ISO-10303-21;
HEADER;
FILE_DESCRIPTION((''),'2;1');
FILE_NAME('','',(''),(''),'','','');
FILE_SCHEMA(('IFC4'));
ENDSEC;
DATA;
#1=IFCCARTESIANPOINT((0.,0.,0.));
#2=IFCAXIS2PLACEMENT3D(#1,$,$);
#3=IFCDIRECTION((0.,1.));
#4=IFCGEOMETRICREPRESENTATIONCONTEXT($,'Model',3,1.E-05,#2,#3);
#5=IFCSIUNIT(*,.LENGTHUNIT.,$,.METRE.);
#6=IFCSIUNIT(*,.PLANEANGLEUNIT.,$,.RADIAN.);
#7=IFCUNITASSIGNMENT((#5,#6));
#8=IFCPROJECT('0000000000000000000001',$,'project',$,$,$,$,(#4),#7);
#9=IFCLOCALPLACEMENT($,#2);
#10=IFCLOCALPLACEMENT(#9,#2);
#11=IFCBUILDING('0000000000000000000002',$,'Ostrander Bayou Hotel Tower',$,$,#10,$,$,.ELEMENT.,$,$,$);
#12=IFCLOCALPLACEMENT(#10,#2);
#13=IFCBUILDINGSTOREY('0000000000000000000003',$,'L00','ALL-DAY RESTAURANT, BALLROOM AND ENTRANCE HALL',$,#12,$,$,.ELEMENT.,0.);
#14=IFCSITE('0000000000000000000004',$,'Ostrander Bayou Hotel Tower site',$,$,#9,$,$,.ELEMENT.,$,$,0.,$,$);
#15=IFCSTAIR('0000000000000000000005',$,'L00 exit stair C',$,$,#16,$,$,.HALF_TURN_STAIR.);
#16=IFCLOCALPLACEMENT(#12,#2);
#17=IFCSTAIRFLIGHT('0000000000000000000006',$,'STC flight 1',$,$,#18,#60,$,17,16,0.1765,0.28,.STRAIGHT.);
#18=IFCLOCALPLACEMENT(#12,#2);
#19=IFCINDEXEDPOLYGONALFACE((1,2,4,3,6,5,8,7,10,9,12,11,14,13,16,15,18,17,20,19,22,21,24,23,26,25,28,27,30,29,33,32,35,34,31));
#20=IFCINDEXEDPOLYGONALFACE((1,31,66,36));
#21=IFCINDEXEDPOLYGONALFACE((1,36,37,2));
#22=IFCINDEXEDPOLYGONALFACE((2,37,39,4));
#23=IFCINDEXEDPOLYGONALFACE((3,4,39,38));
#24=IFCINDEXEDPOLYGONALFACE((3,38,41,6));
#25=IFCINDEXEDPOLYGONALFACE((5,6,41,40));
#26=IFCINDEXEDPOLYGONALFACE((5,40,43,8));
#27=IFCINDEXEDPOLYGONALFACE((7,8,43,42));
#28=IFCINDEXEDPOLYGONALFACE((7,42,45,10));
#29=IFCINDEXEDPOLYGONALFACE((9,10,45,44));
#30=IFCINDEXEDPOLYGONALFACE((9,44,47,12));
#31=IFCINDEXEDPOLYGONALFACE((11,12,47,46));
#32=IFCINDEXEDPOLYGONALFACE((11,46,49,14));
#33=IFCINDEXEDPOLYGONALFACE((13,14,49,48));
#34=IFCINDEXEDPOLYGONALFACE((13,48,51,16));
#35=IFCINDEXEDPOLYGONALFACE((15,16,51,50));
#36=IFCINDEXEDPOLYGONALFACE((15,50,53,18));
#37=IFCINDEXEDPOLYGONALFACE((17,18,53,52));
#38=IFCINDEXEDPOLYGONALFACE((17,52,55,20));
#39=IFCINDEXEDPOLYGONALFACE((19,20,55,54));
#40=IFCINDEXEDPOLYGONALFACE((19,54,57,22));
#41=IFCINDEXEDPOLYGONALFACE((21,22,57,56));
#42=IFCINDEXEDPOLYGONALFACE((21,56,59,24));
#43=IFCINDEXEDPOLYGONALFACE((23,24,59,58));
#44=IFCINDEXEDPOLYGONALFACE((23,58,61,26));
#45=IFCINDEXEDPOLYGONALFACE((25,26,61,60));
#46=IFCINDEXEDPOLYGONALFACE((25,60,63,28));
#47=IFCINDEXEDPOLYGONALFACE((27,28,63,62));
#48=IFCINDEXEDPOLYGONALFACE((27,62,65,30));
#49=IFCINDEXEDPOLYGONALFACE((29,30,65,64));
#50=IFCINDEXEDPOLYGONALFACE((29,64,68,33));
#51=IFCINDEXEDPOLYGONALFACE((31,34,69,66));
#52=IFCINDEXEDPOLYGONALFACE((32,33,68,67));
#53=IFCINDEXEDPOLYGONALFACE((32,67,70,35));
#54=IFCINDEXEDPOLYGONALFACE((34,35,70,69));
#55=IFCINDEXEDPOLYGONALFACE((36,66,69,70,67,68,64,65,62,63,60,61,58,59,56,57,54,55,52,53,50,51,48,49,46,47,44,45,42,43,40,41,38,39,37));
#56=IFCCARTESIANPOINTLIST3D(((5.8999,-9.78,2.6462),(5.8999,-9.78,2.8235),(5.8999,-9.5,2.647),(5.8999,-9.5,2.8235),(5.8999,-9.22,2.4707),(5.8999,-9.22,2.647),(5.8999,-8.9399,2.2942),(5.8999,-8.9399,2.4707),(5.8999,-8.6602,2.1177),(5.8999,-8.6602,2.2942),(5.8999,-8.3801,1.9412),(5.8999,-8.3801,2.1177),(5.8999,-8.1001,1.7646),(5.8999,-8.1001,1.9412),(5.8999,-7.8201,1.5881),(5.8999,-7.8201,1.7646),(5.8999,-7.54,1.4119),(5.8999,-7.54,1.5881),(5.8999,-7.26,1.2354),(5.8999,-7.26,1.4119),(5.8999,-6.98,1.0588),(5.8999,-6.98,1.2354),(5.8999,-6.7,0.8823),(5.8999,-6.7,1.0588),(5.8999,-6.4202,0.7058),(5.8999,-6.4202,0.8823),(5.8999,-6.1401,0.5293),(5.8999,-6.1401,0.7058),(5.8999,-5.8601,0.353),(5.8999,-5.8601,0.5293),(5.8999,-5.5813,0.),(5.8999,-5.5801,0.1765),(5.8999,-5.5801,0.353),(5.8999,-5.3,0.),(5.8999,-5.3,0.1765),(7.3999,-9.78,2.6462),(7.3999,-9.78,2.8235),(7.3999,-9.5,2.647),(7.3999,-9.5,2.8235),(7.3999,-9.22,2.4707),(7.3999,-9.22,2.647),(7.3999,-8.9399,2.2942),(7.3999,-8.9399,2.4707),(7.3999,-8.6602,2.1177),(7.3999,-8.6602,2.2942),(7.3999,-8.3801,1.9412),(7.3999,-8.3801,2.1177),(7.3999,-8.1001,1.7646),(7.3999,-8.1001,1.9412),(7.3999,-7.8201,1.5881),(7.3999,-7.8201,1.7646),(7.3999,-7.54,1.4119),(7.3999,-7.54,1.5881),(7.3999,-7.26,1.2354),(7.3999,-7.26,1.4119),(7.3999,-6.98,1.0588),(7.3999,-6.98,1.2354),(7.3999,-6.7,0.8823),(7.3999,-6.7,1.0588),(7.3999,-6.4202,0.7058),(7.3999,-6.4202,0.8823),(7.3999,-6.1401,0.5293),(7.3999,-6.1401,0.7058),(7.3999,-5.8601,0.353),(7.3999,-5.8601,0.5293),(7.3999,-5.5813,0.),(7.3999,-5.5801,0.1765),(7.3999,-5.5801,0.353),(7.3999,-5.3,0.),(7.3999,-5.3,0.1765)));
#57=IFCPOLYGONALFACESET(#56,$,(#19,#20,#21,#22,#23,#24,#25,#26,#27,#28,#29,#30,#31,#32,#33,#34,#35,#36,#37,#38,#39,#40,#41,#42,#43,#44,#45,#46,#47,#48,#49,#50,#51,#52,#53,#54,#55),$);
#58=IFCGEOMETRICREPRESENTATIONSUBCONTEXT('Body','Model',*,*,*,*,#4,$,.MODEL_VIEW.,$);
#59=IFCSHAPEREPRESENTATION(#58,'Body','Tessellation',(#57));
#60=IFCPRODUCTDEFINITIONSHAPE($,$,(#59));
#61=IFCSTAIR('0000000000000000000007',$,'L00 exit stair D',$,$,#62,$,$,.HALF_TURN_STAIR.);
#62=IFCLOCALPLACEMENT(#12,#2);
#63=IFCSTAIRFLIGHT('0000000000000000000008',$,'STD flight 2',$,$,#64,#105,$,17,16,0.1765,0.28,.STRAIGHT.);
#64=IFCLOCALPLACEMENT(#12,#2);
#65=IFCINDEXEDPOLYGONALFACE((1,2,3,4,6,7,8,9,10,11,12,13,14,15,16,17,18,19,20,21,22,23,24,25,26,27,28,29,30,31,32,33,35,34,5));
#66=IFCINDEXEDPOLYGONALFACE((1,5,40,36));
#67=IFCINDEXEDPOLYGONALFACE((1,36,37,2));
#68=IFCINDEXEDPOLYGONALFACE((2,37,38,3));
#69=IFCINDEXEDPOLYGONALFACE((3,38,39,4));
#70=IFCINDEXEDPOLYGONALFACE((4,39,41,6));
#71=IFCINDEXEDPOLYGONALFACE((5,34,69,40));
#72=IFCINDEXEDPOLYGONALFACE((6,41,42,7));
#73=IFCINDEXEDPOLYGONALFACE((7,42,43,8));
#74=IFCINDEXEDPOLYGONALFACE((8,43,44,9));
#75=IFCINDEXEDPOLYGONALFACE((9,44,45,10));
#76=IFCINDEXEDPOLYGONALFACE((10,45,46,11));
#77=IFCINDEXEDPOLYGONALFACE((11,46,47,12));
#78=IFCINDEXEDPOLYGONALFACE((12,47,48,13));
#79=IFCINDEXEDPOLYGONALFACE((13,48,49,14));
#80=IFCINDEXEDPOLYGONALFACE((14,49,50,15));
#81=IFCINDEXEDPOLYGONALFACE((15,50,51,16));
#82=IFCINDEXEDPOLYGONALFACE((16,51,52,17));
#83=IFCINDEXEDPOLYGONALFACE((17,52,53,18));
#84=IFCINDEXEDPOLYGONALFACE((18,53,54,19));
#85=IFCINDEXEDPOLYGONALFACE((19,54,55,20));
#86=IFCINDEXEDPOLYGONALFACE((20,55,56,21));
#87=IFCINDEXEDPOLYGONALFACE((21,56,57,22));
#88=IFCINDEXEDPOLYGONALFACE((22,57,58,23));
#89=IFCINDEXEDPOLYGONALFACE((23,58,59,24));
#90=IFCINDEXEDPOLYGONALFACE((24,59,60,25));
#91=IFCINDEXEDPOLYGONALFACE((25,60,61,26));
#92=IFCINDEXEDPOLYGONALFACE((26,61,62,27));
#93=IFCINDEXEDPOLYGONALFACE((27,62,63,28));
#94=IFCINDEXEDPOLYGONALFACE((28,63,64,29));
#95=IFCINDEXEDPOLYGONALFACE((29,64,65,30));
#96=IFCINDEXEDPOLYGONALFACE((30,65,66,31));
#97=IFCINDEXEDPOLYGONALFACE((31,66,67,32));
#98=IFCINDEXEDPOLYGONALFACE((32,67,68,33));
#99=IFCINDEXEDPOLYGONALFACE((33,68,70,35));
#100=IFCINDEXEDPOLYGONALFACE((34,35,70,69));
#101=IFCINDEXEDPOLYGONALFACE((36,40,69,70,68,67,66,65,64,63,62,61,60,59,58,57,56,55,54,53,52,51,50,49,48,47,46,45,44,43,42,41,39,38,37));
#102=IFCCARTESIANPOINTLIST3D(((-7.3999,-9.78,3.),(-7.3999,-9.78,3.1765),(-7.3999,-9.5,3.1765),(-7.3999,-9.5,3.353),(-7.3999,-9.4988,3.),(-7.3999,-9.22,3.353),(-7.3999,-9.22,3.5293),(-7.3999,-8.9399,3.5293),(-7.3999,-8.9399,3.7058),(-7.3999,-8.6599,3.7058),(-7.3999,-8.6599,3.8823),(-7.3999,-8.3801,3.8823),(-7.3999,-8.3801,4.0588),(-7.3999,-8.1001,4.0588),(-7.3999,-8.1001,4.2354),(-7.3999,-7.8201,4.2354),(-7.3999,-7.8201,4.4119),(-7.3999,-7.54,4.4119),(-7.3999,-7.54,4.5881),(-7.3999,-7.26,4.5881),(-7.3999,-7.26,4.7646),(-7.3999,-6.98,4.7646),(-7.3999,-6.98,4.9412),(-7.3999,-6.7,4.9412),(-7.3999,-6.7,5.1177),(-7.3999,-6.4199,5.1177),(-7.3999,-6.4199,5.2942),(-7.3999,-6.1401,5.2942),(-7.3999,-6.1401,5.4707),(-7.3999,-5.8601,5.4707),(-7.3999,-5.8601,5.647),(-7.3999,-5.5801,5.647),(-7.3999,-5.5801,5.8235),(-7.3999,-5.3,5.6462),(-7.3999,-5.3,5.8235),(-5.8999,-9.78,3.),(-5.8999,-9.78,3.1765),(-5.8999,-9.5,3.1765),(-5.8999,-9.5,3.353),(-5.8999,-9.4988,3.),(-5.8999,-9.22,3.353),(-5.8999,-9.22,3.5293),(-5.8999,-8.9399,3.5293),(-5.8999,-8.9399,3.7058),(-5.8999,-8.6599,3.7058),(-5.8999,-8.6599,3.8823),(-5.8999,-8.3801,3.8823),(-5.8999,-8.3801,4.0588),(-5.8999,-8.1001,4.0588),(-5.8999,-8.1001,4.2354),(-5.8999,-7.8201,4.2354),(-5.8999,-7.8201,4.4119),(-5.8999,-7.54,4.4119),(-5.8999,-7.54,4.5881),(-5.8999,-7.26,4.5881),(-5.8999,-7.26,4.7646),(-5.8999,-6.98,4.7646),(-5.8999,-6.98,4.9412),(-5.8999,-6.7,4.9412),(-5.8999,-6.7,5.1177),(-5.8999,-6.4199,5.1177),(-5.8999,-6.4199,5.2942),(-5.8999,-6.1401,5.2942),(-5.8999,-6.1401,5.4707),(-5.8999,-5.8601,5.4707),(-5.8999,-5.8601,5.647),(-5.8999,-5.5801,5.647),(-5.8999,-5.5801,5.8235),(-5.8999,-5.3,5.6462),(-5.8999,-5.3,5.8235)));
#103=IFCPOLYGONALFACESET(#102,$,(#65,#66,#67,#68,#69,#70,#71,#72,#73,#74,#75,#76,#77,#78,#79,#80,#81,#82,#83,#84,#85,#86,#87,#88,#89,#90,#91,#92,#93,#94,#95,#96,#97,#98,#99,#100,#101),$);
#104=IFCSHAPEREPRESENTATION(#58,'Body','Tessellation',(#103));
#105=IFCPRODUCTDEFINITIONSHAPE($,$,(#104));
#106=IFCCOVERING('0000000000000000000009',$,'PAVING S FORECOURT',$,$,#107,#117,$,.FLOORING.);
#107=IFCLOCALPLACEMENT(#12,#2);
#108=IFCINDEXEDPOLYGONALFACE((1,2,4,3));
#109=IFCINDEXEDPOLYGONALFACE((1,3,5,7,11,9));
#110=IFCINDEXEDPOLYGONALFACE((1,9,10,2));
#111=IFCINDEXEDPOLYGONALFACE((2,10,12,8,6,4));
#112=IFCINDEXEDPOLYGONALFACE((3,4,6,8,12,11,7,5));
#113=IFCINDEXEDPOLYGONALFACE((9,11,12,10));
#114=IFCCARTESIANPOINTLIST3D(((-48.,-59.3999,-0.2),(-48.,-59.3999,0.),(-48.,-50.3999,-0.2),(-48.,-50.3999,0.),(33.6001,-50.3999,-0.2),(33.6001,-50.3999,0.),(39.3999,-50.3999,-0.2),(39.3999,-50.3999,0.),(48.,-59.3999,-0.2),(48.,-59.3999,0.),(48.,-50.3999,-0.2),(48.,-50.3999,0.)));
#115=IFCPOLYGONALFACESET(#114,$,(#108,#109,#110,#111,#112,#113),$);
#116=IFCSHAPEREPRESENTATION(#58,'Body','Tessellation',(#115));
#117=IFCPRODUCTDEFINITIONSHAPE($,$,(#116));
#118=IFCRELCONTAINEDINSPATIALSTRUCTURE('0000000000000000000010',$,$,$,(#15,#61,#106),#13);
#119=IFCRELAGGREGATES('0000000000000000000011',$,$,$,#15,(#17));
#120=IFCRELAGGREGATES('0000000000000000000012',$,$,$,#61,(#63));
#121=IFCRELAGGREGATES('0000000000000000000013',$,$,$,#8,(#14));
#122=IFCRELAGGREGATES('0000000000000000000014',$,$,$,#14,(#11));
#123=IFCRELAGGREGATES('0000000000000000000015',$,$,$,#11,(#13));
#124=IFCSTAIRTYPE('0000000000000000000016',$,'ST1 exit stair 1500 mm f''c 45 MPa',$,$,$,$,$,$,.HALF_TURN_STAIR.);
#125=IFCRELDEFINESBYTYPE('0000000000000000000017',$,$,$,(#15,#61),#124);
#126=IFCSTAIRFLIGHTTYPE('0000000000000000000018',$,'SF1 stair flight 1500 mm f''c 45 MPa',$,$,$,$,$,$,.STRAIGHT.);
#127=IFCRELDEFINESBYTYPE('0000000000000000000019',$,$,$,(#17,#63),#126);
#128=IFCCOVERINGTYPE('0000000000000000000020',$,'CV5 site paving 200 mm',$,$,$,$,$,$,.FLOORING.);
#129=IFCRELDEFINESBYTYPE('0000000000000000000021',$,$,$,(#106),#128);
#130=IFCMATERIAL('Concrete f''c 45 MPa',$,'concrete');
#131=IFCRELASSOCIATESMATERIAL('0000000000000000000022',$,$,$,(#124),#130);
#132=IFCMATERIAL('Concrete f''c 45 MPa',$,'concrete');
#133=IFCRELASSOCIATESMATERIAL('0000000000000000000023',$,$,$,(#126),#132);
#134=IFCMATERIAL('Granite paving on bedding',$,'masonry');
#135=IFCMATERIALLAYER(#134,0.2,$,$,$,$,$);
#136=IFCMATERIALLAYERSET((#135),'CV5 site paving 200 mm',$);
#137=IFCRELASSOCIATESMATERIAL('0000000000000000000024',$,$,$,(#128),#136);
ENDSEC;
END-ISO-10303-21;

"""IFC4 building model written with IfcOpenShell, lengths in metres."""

from ifc_helpers import new_model, si_unit, direction, frame, origin, place, context, subcontext, project, spatial, polyline, outline, extrude, material, layer, layer_set, type_object, element, aggregate, save


model = new_model("IFC4")

# Units and contexts
model_context = context("Model", 3, precision=1e-05, world=origin(), true_north=direction((0.0, 1.0)))
body_context = subcontext(model_context, "Body", "Model", "MODEL_VIEW")
ifc_project = project(units=[si_unit("LENGTHUNIT", "METRE"), si_unit("PLANEANGLEUNIT", "RADIAN")], contexts=[model_context])

# Site, building, storey
site_placement = place(None, origin())
site = spatial("IfcSite", under=ifc_project, at=site_placement, Name="Ostrander Bayou Hotel Tower site", CompositionType="ELEMENT", RefElevation=0.0)
building_placement = place(site_placement, origin())
building = spatial("IfcBuilding", under=site, at=building_placement, Name="Ostrander Bayou Hotel Tower", CompositionType="ELEMENT")
storey_placement = place(building_placement, origin())
storey = spatial("IfcBuildingStorey", under=building, at=storey_placement, Name="L00", Description="ALL-DAY RESTAURANT, BALLROOM AND ENTRANCE HALL", CompositionType="ELEMENT", Elevation=0.0)

# Stairs, stair flights
ifc_material_1 = material(Name="Concrete f'c 45 MPa", Category="concrete")
stair_type_1 = type_object("IfcStairType", Name="ST1 exit stair 1500 mm f'c 45 MPa", PredefinedType="HALF_TURN_STAIR", material=ifc_material_1)
stair_1_placement = place(storey_placement, origin())
stair_1 = element("IfcStair", 1, at=stair_1_placement, inside=storey, type_object=stair_type_1, Name="L00 exit stair C", PredefinedType="HALF_TURN_STAIR")
ifc_material_2 = material(Name="Concrete f'c 45 MPa", Category="concrete")
stair_flight_type = type_object("IfcStairFlightType", Name="SF1 stair flight 1500 mm f'c 45 MPa", PredefinedType="STRAIGHT", material=ifc_material_2)
stair_flight_1_placement = place(storey_placement, frame((6.6499, -5.3, 0.0), z_axis=(0.0, 0.0, 1.0), x_axis=(0.0, -1.0, 0.0)))
stair_flight_1 = element("IfcStairFlight", 2, at=stair_flight_1_placement, type_object=stair_flight_type, Name="STC flight 1", NumberOfRisers=17, NumberOfTreads=16, PredefinedType="STRAIGHT", RiserHeight=0.1765, TreadLength=0.28, context=body_context, shape_type="SweptSolid", body=[
    extrude(outline(polyline([(0.0, 0.0), (0.0, 0.1765), (0.28, 0.1765), (0.28, 0.353), (0.5601, 0.353), (0.5601, 0.5293), (0.8401, 0.5293), (0.8401, 0.7058), (1.1201, 0.7058), (1.1201, 0.8823), (1.3999, 0.8823), (1.3999, 1.0588), (1.6799, 1.0588), (1.6799, 1.2354), (1.96, 1.2354), (1.96, 1.4119), (2.24, 1.4119), (2.24, 1.5881), (2.52, 1.5881), (2.52, 1.7646), (2.8, 1.7646), (2.8, 1.9412), (3.0801, 1.9412), (3.0801, 2.1177), (3.3601, 2.1177), (3.3601, 2.2942), (3.6399, 2.2942), (3.6399, 2.4707), (3.9199, 2.4707), (3.9199, 2.647), (4.2, 2.647), (4.2, 2.8235), (4.48, 2.8235), (4.48, 3.0), (4.48, 2.6462), (0.2812, 0.0), (0.0, 0.0)])), frame((0.0, 0.75, 0.0), z_axis=(0.0, -1.0, 0.0), x_axis=(1.0, 0.0, 0.0)), (0.0, 0.0, 1.0), 1.5),
])
aggregate(stair_1, [stair_flight_1])
stair_2_placement = place(storey_placement, origin())
stair_2 = element("IfcStair", 3, at=stair_2_placement, inside=storey, type_object=stair_type_1, Name="L00 exit stair D", PredefinedType="HALF_TURN_STAIR")
stair_flight_2_placement = place(storey_placement, frame((-6.6499, -9.78, 3.0), z_axis=(0.0, 0.0, 1.0), x_axis=(0.0, 1.0, 0.0)))
stair_flight_2 = element("IfcStairFlight", 4, at=stair_flight_2_placement, type_object=stair_flight_type, Name="STD flight 2", NumberOfRisers=17, NumberOfTreads=16, PredefinedType="STRAIGHT", RiserHeight=0.1765, TreadLength=0.28, context=body_context, shape_type="SweptSolid", body=[
    extrude(outline(polyline([(0.0, 0.0), (0.0, 0.1765), (0.28, 0.1765), (0.28, 0.353), (0.5601, 0.353), (0.5601, 0.5293), (0.8401, 0.5293), (0.8401, 0.7058), (1.1201, 0.7058), (1.1201, 0.8823), (1.3999, 0.8823), (1.3999, 1.0588), (1.6799, 1.0588), (1.6799, 1.2354), (1.96, 1.2354), (1.96, 1.4119), (2.24, 1.4119), (2.24, 1.5881), (2.52, 1.5881), (2.52, 1.7646), (2.8, 1.7646), (2.8, 1.9412), (3.0801, 1.9412), (3.0801, 2.1177), (3.3601, 2.1177), (3.3601, 2.2942), (3.6399, 2.2942), (3.6399, 2.4707), (3.9199, 2.4707), (3.9199, 2.647), (4.2, 2.647), (4.2, 2.8235), (4.48, 2.8235), (4.48, 3.0), (4.48, 2.6462), (0.2812, 0.0), (0.0, 0.0)])), frame((0.0, 0.75, 0.0), z_axis=(0.0, -1.0, 0.0), x_axis=(1.0, 0.0, 0.0)), (0.0, 0.0, 1.0), 1.5),
])
aggregate(stair_2, [stair_flight_2])

# Covering
ifc_material_3 = material(Name="Granite paving on bedding", Category="masonry")
ifc_layer_1 = layer(ifc_material_3, 0.2)
ifc_layer_set_1 = layer_set([ifc_layer_1], Name="CV5 site paving 200 mm")
covering_type = type_object("IfcCoveringType", Name="CV5 site paving 200 mm", PredefinedType="FLOORING", material=ifc_layer_set_1)
covering_placement = place(storey_placement, frame((0.0, 0.0, -0.2)))
element("IfcCovering", 5, at=covering_placement, inside=storey, type_object=covering_type, Name="PAVING S FORECOURT", PredefinedType="FLOORING", context=body_context, shape_type="SweptSolid", body=[
    extrude(outline(polyline([(48.0, -50.3999), (48.0, -59.3999), (-48.0, -59.3999), (-48.0, -50.3999), (33.6001, -50.3999), (39.3999, -50.3999), (48.0, -50.3999)])), origin(), (0.0, 0.0, 1.0), 0.2),
])

save(model, "model.ifc")
